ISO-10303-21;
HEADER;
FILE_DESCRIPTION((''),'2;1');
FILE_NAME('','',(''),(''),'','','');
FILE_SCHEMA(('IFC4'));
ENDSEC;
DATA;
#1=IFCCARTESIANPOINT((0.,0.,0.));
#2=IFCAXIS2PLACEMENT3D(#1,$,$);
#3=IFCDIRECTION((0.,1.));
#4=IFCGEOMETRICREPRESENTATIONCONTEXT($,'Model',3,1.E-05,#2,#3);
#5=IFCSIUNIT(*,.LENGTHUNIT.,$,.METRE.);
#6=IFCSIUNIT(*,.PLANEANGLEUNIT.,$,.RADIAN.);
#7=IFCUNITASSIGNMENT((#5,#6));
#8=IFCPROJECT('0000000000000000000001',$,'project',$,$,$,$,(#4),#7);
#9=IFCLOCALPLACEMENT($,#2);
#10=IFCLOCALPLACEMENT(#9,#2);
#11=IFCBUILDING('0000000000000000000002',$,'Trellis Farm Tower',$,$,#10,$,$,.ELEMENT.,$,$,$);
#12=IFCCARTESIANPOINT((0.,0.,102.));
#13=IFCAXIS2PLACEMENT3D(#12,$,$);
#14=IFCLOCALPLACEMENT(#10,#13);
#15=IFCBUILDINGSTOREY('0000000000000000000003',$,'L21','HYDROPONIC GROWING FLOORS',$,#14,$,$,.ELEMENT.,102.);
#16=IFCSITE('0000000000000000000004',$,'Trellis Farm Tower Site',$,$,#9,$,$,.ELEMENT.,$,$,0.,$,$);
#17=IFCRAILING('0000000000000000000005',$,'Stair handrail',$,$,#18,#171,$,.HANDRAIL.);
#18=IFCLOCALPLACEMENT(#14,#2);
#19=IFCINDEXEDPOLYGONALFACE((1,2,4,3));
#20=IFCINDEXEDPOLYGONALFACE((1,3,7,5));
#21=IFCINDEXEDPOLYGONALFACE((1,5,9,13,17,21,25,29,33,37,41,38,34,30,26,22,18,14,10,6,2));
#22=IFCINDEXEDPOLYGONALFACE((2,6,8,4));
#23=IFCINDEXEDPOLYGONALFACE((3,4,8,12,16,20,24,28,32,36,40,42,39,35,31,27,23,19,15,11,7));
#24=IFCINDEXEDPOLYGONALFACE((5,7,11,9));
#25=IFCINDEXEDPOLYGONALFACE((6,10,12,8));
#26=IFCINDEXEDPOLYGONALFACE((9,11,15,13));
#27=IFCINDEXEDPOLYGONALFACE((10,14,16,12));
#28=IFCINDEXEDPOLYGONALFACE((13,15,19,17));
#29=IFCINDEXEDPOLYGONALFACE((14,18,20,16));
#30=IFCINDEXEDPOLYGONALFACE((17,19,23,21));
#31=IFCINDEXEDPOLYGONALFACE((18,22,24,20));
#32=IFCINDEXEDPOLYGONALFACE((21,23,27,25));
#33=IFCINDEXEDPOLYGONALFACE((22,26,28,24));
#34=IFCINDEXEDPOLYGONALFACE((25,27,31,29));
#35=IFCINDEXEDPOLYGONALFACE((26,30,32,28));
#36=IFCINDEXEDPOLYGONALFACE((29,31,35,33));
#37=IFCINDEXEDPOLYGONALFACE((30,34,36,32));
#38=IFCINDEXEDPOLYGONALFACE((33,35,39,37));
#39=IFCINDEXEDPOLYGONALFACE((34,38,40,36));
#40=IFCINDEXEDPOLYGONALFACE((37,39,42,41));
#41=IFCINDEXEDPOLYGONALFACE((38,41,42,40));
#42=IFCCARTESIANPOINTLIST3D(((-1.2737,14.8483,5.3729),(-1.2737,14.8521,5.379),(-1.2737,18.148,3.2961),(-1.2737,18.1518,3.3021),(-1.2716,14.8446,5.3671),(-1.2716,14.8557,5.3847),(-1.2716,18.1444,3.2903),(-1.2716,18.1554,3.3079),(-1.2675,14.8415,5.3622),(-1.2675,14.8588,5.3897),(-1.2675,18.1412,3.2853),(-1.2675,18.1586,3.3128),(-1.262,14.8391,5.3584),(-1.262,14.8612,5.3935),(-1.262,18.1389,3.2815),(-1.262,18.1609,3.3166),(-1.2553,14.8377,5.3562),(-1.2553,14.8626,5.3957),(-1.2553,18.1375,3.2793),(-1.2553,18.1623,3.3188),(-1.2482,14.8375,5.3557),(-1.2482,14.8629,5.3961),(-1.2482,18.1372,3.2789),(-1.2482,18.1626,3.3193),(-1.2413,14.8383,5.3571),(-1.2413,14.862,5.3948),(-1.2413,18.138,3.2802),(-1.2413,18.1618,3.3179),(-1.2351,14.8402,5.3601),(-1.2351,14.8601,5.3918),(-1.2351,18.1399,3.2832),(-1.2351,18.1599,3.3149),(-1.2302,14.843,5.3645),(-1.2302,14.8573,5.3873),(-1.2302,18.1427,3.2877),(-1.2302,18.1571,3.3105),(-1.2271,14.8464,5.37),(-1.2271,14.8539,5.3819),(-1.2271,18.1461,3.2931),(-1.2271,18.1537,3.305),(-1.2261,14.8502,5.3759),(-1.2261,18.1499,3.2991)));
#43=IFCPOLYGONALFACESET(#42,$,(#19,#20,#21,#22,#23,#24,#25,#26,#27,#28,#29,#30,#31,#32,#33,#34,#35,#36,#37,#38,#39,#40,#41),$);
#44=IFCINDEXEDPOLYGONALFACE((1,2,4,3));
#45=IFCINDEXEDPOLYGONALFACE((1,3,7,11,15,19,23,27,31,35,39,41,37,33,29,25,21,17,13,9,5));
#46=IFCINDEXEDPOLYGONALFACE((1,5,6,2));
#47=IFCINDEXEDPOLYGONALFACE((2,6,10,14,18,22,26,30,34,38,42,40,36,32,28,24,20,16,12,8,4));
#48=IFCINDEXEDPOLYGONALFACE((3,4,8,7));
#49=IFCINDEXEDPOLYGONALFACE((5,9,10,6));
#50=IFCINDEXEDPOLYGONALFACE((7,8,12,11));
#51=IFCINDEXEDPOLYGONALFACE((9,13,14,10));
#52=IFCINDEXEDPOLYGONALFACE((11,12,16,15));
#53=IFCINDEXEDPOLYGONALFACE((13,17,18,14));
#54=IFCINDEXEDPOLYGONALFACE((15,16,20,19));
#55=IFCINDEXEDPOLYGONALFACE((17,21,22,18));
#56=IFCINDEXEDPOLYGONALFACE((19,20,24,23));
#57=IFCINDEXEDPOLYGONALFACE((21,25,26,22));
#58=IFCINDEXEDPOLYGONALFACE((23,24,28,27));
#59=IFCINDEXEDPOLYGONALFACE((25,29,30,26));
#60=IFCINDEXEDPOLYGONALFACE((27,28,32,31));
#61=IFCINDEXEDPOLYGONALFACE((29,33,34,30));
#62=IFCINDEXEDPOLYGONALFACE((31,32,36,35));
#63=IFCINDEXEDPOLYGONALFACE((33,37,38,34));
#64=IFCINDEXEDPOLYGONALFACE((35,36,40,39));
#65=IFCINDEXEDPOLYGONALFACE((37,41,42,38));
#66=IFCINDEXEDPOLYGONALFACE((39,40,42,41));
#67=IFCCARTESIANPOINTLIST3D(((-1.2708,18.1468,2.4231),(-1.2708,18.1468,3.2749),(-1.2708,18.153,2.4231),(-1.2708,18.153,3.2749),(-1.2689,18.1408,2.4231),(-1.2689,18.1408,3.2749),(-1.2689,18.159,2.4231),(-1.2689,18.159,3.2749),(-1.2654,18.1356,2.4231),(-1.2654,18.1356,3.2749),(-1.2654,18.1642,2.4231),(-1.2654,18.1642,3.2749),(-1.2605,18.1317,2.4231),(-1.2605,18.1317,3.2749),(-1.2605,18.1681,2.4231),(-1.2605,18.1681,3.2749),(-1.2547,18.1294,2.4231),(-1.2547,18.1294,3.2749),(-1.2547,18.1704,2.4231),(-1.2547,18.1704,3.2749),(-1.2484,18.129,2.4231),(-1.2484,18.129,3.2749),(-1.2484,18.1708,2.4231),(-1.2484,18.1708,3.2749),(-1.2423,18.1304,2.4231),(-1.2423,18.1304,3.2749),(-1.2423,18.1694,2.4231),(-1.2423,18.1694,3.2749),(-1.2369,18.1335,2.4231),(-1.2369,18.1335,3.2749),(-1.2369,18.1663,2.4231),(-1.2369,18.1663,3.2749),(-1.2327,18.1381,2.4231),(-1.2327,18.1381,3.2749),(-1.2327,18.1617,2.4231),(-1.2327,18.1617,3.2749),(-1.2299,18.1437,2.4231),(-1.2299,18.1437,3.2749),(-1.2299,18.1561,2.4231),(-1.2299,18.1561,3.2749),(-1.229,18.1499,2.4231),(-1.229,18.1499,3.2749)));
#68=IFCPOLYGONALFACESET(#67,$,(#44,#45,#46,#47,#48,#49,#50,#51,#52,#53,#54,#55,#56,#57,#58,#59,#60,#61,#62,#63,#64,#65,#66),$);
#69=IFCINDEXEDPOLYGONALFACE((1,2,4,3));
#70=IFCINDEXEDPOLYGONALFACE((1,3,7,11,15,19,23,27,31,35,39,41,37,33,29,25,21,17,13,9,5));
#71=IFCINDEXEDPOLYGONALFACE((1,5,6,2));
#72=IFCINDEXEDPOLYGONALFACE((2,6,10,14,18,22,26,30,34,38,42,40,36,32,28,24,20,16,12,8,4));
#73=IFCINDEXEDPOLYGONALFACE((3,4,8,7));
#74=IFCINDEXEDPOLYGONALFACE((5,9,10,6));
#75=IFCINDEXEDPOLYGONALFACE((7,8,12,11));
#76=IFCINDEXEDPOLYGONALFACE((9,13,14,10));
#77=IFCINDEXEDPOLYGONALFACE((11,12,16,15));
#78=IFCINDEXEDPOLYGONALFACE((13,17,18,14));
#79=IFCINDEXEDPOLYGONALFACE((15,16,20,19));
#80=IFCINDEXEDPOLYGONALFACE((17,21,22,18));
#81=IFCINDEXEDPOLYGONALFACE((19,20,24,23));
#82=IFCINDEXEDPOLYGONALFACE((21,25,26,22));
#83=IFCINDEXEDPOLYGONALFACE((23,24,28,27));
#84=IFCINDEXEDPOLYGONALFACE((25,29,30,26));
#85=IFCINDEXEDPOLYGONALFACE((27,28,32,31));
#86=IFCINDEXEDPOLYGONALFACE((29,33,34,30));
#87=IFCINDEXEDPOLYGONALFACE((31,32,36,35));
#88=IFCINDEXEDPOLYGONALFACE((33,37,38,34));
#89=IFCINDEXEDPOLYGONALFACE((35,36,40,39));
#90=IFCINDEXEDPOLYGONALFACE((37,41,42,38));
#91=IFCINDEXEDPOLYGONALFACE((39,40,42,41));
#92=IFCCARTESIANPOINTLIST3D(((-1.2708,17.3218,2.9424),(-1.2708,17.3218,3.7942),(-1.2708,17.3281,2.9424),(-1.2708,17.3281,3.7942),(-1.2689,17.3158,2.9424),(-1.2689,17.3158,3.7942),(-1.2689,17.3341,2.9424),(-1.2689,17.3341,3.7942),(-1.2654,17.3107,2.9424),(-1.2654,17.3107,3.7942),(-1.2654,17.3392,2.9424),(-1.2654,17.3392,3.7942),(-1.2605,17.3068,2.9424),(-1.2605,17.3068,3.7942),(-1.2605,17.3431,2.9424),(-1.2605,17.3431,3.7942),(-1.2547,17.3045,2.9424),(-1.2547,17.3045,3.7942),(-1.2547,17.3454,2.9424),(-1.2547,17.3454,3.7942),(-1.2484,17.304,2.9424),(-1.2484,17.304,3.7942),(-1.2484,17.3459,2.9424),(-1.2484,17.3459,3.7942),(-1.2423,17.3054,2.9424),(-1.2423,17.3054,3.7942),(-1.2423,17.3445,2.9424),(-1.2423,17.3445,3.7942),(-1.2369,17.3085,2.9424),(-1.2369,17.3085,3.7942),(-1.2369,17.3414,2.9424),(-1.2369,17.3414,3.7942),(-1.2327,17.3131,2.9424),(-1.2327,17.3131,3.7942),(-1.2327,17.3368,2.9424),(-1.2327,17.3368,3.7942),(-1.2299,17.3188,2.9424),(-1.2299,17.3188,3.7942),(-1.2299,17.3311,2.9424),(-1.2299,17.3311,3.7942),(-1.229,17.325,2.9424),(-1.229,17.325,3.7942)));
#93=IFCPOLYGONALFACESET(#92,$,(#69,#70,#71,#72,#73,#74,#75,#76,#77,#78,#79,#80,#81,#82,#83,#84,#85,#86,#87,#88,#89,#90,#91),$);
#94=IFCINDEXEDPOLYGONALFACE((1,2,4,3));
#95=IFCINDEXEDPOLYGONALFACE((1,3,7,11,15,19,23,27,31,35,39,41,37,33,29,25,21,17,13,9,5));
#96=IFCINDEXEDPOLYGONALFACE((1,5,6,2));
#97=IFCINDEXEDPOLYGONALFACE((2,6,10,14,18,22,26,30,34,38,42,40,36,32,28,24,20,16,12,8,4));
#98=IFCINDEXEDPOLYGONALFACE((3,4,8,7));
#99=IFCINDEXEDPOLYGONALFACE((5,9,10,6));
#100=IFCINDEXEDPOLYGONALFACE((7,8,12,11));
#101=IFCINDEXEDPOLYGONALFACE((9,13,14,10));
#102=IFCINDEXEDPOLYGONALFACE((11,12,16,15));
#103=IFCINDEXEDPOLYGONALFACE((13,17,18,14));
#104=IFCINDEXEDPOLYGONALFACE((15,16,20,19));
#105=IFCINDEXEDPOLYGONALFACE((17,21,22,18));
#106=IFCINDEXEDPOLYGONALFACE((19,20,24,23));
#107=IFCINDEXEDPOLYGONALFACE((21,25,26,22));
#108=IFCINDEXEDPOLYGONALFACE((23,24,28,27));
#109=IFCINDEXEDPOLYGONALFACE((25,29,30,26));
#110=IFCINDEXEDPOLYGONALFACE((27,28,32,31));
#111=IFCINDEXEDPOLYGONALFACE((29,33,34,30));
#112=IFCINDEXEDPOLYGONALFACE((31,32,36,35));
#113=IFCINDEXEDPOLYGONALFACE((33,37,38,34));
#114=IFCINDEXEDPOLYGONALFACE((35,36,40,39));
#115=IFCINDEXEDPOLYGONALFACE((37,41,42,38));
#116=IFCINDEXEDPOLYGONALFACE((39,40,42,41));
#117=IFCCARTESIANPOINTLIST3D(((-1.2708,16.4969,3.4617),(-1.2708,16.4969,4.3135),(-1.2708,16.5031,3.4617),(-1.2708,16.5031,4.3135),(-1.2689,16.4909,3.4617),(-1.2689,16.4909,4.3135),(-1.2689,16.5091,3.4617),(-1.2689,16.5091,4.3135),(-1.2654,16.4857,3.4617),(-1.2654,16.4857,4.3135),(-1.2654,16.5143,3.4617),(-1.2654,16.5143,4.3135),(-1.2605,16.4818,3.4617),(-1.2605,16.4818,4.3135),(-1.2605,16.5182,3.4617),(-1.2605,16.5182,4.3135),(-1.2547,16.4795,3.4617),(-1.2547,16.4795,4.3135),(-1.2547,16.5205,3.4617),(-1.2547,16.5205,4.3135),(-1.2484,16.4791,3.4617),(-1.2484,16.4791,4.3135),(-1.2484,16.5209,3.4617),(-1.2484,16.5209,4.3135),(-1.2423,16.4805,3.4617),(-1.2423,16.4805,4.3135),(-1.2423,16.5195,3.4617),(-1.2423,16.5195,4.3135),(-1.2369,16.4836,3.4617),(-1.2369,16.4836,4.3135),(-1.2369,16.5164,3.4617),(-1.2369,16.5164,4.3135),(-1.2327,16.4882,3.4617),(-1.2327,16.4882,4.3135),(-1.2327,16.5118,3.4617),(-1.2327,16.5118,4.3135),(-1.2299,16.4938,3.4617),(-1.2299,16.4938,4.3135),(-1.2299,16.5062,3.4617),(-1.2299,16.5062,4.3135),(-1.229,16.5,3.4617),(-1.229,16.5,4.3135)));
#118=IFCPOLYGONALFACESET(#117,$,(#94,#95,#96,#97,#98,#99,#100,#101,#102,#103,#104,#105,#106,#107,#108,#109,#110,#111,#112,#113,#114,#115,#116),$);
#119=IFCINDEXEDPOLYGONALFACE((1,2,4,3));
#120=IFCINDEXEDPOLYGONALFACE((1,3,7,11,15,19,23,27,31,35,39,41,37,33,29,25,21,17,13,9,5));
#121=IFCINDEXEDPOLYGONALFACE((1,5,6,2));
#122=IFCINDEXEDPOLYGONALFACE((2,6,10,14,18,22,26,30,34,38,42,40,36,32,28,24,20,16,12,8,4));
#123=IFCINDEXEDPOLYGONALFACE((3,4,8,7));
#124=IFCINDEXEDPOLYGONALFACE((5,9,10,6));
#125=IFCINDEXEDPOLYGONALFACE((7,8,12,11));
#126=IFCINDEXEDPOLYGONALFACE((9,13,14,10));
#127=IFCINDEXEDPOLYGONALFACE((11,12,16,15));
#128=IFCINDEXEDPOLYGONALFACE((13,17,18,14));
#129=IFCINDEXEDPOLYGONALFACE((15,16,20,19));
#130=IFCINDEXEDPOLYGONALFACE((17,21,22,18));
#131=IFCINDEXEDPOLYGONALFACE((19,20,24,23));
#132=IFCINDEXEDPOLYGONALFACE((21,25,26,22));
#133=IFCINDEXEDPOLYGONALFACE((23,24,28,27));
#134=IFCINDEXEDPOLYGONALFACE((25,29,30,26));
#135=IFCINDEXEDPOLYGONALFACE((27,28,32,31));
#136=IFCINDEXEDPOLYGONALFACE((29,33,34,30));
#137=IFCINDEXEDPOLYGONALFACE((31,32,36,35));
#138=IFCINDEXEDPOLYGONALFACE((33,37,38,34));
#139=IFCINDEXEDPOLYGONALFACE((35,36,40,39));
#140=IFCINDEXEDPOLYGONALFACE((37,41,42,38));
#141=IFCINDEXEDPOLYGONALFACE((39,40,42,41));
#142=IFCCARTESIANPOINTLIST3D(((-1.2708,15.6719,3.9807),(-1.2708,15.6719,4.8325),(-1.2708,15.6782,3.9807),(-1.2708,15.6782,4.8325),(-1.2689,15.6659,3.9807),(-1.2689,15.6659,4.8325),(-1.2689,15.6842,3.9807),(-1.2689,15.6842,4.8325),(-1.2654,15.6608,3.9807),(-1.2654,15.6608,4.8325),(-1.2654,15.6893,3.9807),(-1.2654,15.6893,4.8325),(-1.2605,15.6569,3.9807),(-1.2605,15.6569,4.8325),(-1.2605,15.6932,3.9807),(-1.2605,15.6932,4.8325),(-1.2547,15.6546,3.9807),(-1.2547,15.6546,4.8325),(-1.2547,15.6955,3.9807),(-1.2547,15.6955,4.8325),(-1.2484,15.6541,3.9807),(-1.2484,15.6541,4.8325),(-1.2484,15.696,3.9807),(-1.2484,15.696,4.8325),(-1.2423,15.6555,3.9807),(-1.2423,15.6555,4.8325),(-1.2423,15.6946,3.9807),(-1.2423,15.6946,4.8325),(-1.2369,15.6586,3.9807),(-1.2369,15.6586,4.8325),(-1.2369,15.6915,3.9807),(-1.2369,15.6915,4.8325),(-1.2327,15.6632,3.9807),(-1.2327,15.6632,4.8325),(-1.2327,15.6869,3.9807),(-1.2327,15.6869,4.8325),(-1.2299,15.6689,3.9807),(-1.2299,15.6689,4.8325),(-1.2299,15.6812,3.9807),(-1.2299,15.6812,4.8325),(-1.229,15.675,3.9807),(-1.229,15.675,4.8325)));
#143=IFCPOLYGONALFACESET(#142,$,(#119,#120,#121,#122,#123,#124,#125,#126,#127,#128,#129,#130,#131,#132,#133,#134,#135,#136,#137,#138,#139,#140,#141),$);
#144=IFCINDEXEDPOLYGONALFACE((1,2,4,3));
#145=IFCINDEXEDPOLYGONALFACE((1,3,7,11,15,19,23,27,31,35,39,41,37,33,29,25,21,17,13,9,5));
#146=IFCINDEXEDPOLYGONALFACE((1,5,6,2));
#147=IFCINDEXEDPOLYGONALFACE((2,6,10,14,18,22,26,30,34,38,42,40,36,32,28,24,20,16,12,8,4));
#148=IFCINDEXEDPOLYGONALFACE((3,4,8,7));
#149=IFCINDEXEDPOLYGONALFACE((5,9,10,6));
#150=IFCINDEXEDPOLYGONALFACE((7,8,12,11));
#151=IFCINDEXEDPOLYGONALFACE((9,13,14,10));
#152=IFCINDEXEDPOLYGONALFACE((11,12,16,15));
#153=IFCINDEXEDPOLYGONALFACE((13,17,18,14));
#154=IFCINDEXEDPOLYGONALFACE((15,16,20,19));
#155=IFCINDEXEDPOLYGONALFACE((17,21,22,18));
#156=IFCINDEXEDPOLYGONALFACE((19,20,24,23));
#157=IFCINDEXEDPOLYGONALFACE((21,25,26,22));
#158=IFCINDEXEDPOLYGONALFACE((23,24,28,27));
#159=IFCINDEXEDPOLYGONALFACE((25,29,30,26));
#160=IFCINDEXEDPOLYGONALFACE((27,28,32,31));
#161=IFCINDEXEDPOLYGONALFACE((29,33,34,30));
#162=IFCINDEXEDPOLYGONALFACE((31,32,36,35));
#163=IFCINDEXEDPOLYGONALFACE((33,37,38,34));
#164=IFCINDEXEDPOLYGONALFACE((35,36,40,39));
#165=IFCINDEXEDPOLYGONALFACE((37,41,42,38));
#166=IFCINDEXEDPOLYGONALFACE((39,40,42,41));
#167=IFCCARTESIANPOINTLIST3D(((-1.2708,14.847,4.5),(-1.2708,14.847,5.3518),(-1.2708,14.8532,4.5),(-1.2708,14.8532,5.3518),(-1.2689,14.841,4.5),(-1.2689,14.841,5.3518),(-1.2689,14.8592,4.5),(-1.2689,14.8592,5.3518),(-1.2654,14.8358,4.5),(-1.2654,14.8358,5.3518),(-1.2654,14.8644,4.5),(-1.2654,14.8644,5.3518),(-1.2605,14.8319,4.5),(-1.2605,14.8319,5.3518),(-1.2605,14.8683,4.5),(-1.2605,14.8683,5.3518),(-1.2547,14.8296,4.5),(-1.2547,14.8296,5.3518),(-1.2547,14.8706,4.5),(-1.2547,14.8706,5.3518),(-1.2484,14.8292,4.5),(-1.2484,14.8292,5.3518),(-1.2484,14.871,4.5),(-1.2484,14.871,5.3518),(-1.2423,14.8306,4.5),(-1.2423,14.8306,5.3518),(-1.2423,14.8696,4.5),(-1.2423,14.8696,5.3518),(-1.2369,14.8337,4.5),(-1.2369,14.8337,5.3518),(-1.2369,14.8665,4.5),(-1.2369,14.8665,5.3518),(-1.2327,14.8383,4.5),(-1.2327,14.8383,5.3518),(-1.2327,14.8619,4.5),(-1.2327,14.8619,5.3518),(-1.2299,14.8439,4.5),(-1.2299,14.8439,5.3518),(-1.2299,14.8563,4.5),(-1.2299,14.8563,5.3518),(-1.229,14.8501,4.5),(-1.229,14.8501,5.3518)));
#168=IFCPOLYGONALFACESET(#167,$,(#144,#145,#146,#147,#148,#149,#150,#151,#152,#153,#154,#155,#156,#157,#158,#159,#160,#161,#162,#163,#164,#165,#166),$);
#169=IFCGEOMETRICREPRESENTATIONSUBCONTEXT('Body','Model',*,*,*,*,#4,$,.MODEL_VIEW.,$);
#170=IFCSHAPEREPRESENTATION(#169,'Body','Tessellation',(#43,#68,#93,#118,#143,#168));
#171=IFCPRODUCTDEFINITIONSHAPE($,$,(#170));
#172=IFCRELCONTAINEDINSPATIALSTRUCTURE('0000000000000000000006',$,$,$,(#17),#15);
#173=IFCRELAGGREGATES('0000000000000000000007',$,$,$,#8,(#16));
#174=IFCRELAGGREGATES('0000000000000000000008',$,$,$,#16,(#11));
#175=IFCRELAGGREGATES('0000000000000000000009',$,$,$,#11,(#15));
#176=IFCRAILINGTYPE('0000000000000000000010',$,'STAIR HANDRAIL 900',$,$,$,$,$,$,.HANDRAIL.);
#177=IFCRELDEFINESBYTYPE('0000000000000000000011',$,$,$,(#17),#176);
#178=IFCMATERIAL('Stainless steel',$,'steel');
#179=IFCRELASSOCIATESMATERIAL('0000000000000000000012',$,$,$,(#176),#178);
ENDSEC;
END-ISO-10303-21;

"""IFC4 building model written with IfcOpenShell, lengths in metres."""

from ifc_helpers import new_model, si_unit, direction, frame, origin, origin_2d, place, context, subcontext, project, spatial, circle, extrude, source, transform, mapped, material, type_object, element, save


model = new_model("IFC4")

# Units and contexts
model_context = context("Model", 3, precision=1e-05, world=origin(), true_north=direction((0.0, 1.0)))
body_context = subcontext(model_context, "Body", "Model", "MODEL_VIEW")
ifc_project = project(units=[si_unit("LENGTHUNIT", "METRE"), si_unit("PLANEANGLEUNIT", "RADIAN")], contexts=[model_context])

# Site, building, storey
site_placement = place(None, origin())
site = spatial("IfcSite", under=ifc_project, at=site_placement, Name="Trellis Farm Tower Site", CompositionType="ELEMENT", RefElevation=0.0)
building_placement = place(site_placement, origin())
building = spatial("IfcBuilding", under=site, at=building_placement, Name="Trellis Farm Tower", CompositionType="ELEMENT")
storey_placement = place(building_placement, frame((0.0, 0.0, 102.0)))
storey = spatial("IfcBuildingStorey", under=building, at=storey_placement, Name="L21", Description="HYDROPONIC GROWING FLOORS", CompositionType="ELEMENT", Elevation=102.0)

# Railing
ifc_material_1 = material(Name="Stainless steel", Category="steel")
railing_type = type_object("IfcRailingType", Name="STAIR HANDRAIL 900", PredefinedType="HANDRAIL", material=ifc_material_1)
shared_shape_1 = source(origin(), body_context, "Body", "SweptSolid", [
    extrude(circle(Radius=0.0239, at=origin_2d()), frame((0.0, 0.0, 0.876), z_axis=(0.0, -0.84632, 0.532675), x_axis=(1.0, 0.0, 0.0)), (0.0, 0.0, 1.0), 3.8989),
    extrude(circle(Radius=0.021, at=origin_2d()), origin(), (0.0, 0.0, 1.0), 0.8518),
    extrude(circle(Radius=0.021, at=origin_2d()), frame((0.0, -0.825, 0.5193)), (0.0, 0.0, 1.0), 0.8518),
    extrude(circle(Radius=0.021, at=origin_2d()), frame((0.0, -1.6499, 1.0386)), (0.0, 0.0, 1.0), 0.8518),
    extrude(circle(Radius=0.021, at=origin_2d()), frame((0.0, -2.4749, 1.5576)), (0.0, 0.0, 1.0), 0.8518),
    extrude(circle(Radius=0.021, at=origin_2d()), frame((0.0, -3.2998, 2.0769)), (0.0, 0.0, 1.0), 0.8518),
])
railing_placement = place(storey_placement, frame((-1.25, 18.1499, 2.4231)))
element("IfcRailing", 1, at=railing_placement, inside=storey, type_object=railing_type, Name="Stair handrail", PredefinedType="HANDRAIL", context=body_context, shape_type="MappedRepresentation", body=[
    mapped(shared_shape_1, transform((0.0, 0.0, 0.0))),
])

save(model, "model.ifc")
